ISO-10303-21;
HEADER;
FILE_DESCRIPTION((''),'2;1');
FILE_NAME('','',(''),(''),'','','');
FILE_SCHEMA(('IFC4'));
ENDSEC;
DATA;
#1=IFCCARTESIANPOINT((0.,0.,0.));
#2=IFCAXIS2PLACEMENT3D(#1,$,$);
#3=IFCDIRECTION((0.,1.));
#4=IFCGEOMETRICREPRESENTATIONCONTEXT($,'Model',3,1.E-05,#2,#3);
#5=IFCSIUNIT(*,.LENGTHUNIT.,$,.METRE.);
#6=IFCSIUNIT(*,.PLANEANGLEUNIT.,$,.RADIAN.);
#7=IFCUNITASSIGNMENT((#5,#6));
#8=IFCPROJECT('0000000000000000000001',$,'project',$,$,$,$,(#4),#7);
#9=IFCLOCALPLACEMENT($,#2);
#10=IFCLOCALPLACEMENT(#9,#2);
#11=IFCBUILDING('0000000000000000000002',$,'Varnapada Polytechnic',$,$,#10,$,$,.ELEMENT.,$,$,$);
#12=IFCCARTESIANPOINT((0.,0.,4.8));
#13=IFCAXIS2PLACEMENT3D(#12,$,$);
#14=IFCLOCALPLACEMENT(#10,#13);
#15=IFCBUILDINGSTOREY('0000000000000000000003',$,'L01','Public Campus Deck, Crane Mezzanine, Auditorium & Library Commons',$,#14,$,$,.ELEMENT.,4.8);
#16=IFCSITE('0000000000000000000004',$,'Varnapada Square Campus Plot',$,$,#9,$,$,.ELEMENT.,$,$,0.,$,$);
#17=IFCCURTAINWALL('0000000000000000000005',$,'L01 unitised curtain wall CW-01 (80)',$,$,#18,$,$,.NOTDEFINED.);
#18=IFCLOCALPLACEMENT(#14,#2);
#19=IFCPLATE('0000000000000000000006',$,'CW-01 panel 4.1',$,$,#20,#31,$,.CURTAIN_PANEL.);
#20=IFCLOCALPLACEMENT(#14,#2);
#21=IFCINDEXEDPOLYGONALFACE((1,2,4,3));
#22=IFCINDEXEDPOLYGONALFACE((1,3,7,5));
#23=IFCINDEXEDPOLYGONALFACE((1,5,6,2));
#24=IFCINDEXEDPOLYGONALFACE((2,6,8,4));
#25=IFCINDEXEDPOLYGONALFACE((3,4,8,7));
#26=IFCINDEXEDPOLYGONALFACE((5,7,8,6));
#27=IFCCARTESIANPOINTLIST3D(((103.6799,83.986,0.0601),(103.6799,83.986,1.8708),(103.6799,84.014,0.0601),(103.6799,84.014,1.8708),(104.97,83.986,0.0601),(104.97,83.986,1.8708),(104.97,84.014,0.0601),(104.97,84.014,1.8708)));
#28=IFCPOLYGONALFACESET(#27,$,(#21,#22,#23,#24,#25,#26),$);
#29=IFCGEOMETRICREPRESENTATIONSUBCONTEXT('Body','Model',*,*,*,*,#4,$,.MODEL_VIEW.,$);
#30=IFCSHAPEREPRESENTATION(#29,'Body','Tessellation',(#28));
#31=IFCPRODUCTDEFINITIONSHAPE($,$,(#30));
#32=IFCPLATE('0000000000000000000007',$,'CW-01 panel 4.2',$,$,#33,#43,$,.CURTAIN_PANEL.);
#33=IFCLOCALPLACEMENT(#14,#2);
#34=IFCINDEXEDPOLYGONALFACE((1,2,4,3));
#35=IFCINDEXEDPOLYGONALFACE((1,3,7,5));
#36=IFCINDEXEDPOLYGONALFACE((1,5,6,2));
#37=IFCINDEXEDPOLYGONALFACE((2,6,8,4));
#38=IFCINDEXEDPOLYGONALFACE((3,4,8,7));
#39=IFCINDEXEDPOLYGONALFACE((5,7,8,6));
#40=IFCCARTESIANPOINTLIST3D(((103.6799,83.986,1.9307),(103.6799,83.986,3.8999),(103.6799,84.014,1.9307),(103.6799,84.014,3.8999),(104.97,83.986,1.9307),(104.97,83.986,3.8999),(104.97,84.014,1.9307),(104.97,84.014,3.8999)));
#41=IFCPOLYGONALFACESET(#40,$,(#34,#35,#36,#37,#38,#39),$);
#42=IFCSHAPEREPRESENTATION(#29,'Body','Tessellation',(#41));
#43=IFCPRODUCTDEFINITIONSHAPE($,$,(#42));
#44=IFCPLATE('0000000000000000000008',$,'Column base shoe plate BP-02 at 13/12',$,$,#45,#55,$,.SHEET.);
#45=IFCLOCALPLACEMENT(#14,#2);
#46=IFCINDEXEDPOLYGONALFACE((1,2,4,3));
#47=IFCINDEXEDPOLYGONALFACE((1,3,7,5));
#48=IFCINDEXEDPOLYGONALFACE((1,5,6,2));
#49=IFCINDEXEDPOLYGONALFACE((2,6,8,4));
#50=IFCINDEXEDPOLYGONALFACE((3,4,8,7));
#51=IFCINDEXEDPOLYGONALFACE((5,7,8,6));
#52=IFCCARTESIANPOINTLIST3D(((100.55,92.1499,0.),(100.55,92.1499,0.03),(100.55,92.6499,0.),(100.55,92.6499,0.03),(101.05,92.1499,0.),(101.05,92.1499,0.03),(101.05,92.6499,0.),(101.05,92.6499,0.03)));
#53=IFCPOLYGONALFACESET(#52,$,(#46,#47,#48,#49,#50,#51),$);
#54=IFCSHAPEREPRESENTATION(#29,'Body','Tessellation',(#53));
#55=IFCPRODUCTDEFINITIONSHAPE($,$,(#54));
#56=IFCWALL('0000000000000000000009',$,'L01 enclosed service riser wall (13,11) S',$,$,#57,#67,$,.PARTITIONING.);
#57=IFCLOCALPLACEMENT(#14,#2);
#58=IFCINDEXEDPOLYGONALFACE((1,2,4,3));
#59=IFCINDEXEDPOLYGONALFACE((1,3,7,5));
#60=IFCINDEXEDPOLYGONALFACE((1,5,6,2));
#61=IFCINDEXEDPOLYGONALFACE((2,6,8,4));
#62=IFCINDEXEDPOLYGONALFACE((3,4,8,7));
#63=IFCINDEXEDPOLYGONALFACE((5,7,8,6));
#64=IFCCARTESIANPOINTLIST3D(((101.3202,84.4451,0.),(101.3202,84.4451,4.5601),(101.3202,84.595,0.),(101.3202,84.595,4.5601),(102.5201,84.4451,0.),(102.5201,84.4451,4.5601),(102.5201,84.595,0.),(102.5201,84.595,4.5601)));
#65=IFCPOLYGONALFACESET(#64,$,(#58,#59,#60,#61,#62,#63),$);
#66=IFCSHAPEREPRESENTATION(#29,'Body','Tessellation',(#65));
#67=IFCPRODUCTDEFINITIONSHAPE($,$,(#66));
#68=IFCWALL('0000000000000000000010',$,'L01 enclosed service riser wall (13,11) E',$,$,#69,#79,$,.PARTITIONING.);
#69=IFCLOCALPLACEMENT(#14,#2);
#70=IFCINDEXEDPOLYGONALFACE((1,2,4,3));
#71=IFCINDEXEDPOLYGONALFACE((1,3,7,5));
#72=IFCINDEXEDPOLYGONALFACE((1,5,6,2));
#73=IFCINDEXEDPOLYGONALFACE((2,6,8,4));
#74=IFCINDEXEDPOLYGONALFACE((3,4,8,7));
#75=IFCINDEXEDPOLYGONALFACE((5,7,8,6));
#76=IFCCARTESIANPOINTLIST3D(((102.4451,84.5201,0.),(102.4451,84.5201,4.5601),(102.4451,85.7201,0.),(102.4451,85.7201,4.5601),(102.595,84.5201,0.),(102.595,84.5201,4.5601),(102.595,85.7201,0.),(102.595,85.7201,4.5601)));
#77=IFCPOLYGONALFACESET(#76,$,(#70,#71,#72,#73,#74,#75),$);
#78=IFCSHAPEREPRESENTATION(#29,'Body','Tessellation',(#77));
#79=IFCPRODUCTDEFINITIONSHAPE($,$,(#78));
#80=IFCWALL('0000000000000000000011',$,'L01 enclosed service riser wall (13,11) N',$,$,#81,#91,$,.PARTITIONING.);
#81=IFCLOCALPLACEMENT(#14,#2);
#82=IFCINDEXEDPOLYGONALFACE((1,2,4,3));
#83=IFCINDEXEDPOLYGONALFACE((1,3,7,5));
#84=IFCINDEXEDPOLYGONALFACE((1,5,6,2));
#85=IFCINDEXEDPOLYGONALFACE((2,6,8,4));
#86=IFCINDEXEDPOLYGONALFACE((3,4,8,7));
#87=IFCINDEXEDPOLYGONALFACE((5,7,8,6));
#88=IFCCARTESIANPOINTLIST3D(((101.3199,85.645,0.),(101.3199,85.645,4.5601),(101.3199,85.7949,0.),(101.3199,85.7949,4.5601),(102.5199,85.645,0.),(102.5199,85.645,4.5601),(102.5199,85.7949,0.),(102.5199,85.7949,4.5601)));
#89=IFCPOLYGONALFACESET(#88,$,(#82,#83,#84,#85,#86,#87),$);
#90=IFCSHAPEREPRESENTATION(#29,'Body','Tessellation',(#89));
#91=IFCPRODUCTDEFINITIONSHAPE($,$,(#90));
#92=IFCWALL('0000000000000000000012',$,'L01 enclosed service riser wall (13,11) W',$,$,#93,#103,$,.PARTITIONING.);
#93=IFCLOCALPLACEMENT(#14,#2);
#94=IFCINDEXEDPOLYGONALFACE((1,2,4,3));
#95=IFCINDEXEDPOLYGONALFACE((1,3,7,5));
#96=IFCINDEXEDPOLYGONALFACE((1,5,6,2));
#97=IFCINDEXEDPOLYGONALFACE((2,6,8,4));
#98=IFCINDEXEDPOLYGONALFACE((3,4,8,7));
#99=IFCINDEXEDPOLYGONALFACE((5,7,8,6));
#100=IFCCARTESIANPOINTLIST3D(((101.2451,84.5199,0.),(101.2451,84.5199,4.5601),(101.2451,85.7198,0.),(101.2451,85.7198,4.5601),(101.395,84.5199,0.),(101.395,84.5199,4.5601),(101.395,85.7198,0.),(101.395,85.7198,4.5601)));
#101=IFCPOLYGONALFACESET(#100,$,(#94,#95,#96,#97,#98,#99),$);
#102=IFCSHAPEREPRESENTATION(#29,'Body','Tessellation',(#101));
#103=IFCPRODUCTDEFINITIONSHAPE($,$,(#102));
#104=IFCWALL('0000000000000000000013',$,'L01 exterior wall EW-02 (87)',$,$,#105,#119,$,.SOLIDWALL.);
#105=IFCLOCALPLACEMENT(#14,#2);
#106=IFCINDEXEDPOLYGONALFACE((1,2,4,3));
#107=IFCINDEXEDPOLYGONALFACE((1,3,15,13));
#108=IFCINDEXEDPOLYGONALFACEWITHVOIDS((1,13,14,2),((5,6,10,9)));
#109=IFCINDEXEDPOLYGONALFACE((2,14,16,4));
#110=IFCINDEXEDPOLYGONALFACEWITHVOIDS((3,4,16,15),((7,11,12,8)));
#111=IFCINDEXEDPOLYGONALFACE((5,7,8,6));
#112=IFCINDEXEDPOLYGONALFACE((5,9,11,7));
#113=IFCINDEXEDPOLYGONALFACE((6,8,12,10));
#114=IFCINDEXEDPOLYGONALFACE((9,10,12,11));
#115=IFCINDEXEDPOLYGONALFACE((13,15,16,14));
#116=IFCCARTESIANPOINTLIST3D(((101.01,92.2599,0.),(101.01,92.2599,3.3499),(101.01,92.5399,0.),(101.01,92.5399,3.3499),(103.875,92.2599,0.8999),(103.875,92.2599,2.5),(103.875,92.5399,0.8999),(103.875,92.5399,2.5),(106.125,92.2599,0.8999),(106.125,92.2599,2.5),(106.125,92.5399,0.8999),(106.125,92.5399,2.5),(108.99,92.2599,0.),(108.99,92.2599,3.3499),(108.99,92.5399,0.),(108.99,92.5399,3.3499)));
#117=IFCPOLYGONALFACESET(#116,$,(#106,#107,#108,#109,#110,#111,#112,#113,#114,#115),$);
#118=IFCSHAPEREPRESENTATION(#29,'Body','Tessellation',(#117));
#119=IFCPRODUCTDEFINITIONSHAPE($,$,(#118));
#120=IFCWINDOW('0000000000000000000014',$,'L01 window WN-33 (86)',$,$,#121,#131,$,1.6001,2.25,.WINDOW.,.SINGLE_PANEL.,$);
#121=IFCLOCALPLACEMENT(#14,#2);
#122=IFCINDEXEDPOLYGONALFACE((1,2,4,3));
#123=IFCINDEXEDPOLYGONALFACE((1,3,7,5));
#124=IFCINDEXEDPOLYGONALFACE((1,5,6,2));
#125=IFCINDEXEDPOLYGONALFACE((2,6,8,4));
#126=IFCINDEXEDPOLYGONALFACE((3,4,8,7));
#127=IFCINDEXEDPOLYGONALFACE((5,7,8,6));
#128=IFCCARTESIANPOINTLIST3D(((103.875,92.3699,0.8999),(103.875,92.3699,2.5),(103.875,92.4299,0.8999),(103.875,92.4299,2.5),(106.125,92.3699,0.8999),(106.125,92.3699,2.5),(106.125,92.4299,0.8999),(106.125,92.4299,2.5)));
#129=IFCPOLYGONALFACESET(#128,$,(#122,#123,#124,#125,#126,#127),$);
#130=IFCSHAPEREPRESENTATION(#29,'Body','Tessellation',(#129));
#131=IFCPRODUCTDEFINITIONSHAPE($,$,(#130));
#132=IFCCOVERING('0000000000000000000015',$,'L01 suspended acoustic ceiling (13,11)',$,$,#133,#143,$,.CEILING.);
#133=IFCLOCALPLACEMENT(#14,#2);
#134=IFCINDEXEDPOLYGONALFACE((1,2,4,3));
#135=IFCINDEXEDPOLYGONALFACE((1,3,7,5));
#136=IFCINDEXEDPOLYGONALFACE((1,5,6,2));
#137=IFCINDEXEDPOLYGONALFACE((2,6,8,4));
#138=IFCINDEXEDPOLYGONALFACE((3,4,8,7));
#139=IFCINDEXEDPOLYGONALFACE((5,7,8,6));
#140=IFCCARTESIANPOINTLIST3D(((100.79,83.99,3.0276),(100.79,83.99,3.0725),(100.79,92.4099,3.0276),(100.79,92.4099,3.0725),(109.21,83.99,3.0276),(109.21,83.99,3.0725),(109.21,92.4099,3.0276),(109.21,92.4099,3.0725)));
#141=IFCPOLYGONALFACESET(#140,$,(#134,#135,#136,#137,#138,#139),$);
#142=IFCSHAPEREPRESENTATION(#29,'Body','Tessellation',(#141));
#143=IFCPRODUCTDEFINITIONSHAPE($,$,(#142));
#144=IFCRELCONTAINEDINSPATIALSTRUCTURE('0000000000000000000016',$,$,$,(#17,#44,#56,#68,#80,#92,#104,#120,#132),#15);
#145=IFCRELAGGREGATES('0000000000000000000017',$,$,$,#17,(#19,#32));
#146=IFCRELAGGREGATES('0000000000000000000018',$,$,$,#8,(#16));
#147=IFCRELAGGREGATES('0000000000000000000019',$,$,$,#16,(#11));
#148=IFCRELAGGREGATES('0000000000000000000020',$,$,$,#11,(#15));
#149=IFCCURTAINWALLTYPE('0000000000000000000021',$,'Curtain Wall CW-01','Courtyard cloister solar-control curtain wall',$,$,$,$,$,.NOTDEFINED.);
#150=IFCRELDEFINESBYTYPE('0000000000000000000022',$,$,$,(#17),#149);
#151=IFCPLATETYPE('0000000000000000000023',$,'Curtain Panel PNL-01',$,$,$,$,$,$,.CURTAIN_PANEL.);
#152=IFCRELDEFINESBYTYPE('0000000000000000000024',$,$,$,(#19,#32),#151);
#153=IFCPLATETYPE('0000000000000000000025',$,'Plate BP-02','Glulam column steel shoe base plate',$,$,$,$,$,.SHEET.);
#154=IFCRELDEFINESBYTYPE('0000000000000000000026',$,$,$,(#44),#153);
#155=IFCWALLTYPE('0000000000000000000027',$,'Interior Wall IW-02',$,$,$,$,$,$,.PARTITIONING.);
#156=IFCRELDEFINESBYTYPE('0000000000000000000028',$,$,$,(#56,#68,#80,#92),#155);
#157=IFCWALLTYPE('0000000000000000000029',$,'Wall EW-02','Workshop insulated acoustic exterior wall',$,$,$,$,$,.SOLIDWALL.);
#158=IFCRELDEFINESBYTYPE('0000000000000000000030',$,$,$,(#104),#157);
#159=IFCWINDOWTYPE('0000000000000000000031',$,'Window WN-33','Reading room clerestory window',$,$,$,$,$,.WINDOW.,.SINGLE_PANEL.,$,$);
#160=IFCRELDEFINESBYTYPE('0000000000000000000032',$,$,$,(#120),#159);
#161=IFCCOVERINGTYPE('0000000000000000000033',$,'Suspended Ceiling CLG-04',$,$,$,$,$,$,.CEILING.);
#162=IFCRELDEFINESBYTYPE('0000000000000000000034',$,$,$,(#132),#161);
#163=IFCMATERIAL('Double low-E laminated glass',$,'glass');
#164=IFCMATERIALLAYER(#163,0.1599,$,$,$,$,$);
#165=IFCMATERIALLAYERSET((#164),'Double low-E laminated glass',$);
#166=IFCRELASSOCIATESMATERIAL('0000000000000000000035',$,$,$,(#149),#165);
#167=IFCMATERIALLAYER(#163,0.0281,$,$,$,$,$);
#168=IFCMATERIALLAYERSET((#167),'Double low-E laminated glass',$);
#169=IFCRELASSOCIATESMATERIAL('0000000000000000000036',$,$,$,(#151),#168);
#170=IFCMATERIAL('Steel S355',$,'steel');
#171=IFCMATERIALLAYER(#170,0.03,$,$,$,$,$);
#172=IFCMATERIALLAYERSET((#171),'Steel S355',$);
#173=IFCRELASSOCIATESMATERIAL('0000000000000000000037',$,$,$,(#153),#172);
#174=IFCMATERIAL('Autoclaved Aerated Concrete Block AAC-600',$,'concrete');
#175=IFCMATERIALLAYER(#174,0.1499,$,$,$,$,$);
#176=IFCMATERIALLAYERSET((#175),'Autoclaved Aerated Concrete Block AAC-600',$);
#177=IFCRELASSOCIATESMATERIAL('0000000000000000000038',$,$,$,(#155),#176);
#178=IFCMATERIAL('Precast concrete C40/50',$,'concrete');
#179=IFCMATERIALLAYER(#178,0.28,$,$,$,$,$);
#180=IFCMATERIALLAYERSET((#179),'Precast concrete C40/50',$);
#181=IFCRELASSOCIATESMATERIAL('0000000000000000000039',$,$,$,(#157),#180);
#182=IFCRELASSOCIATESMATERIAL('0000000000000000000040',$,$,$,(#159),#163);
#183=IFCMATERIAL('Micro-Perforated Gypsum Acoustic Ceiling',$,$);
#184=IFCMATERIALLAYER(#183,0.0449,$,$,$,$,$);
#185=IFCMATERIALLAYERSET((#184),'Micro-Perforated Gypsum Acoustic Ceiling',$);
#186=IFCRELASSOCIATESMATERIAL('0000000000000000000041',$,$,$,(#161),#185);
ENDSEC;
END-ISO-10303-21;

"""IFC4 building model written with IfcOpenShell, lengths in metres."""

from ifc_helpers import new_model, si_unit, direction, frame, frame_2d, origin, origin_2d, place, context, subcontext, project, spatial, rectangle, extrude, material, layer, layer_set, type_object, element, fill, aggregate, save


model = new_model("IFC4")

# Units and contexts
model_context = context("Model", 3, precision=1e-05, world=origin(), true_north=direction((0.0, 1.0)))
body_context = subcontext(model_context, "Body", "Model", "MODEL_VIEW")
ifc_project = project(units=[si_unit("LENGTHUNIT", "METRE"), si_unit("PLANEANGLEUNIT", "RADIAN")], contexts=[model_context])

# Site, building, storey
site_placement = place(None, origin())
site = spatial("IfcSite", under=ifc_project, at=site_placement, Name="Varnapada Square Campus Plot", CompositionType="ELEMENT", RefElevation=0.0)
building_placement = place(site_placement, origin())
building = spatial("IfcBuilding", under=site, at=building_placement, Name="Varnapada Polytechnic", CompositionType="ELEMENT")
storey_placement = place(building_placement, frame((0.0, 0.0, 4.8)))
storey = spatial("IfcBuildingStorey", under=building, at=storey_placement, Name="L01", Description="Public Campus Deck, Crane Mezzanine, Auditorium & Library Commons", CompositionType="ELEMENT", Elevation=4.8)

# Shared definitions
ifc_material_1 = material(Name="Steel S355", Category="steel")

# Shared definitions
ifc_material_2 = material(Name="Double low-E laminated glass", Category="glass")

# Curtain wall
ifc_layer_1 = layer(ifc_material_2, 0.1599)
ifc_layer_set_1 = layer_set([ifc_layer_1], Name="Double low-E laminated glass")
curtain_wall_type_1 = type_object("IfcCurtainWallType", Name="Curtain Wall CW-01", Description="Courtyard cloister solar-control curtain wall", PredefinedType="NOTDEFINED", material=ifc_layer_set_1)
curtain_wall_1_placement = place(storey_placement, origin())
curtain_wall_1 = element("IfcCurtainWall", 1, at=curtain_wall_1_placement, inside=storey, type_object=curtain_wall_type_1, Name="L01 unitised curtain wall CW-01 (80)", PredefinedType="NOTDEFINED")

# Plates
ifc_layer_2 = layer(ifc_material_2, 0.0281)
ifc_layer_set_2 = layer_set([ifc_layer_2], Name="Double low-E laminated glass")
plate_type_1 = type_object("IfcPlateType", Name="Curtain Panel PNL-01", PredefinedType="CURTAIN_PANEL", material=ifc_layer_set_2)
plate_1_placement = place(storey_placement, frame((104.325, 84.0, 0.0601), z_axis=(0.0, 0.0, 1.0), x_axis=(-1.0, 0.0, 0.0)))
plate_1 = element("IfcPlate", 2, at=plate_1_placement, type_object=plate_type_1, Name="CW-01 panel 4.1", PredefinedType="CURTAIN_PANEL", context=body_context, shape_type="SweptSolid", body=[
    extrude(rectangle(XDim=1.29, YDim=0.0281, at=origin_2d()), origin(), (0.0, 0.0, 1.0), 1.8108),
])
plate_2_placement = place(storey_placement, frame((104.325, 84.0, 1.9307), z_axis=(0.0, 0.0, 1.0), x_axis=(-1.0, 0.0, 0.0)))
plate_2 = element("IfcPlate", 3, at=plate_2_placement, type_object=plate_type_1, Name="CW-01 panel 4.2", PredefinedType="CURTAIN_PANEL", context=body_context, shape_type="SweptSolid", body=[
    extrude(rectangle(XDim=1.29, YDim=0.0281, at=origin_2d()), origin(), (0.0, 0.0, 1.0), 1.9692),
])
aggregate(curtain_wall_1, [plate_1, plate_2])
ifc_layer_3 = layer(ifc_material_1, 0.03)
ifc_layer_set_3 = layer_set([ifc_layer_3], Name="Steel S355")
plate_type_2 = type_object("IfcPlateType", Name="Plate BP-02", Description="Glulam column steel shoe base plate", PredefinedType="SHEET", material=ifc_layer_set_3)
plate_3_placement = place(storey_placement, frame((100.8, 92.3999, 0.0), z_axis=(0.0, 0.0, 1.0), x_axis=(1.0, 0.0, 0.0)))
element("IfcPlate", 4, at=plate_3_placement, inside=storey, type_object=plate_type_2, Name="Column base shoe plate BP-02 at 13/12", PredefinedType="SHEET", context=body_context, shape_type="SweptSolid", body=[
    extrude(rectangle(XDim=0.5, YDim=0.5, at=origin_2d()), origin(), (0.0, 0.0, 1.0), 0.03),
])

# Walls
ifc_material_3 = material(Name="Autoclaved Aerated Concrete Block AAC-600", Category="concrete")
ifc_layer_4 = layer(ifc_material_3, 0.1499)
ifc_layer_set_4 = layer_set([ifc_layer_4], Name="Autoclaved Aerated Concrete Block AAC-600")
wall_type_1 = type_object("IfcWallType", Name="Interior Wall IW-02", PredefinedType="PARTITIONING", material=ifc_layer_set_4)
for number, where, z_axis, x_axis, name in (
    (5, (101.3201, 84.52, 0.0), (0.0, 0.0, 1.0), (1.0, 0.0, 0.0), "L01 enclosed service riser wall (13,11) S"),
    (6, (102.52, 84.52, 0.0), (0.0, 0.0, 1.0), (0.0, 1.0, 0.0), "L01 enclosed service riser wall (13,11) E"),
    (7, (102.52, 85.72, 0.0), (0.0, 0.0, 1.0), (-1.0, 0.0, 0.0), "L01 enclosed service riser wall (13,11) N"),
    (8, (101.3201, 85.72, 0.0), (0.0, 0.0, 1.0), (0.0, -1.0, 0.0), "L01 enclosed service riser wall (13,11) W"),
):
    element("IfcWall", number, at=place(storey_placement, frame(where, z_axis=z_axis, x_axis=x_axis)), inside=storey, type_object=wall_type_1, Name=name, PredefinedType="PARTITIONING", context=body_context, shape_type="SweptSolid", body=[
        extrude(rectangle(XDim=1.2, YDim=0.1499, at=frame_2d((0.6001, 0.0))), origin(), (0.0, 0.0, 1.0), 4.5601),
    ])

# Wall, opening, window
ifc_material_4 = material(Name="Precast concrete C40/50", Category="concrete")
ifc_layer_5 = layer(ifc_material_4, 0.28)
ifc_layer_set_5 = layer_set([ifc_layer_5], Name="Precast concrete C40/50")
wall_type_2 = type_object("IfcWallType", Name="Wall EW-02", Description="Workshop insulated acoustic exterior wall", PredefinedType="SOLIDWALL", material=ifc_layer_set_5)
wall_placement = place(storey_placement, frame((101.01, 92.3999, 0.0), z_axis=(0.0, 0.0, 1.0), x_axis=(1.0, 0.0, 0.0)))
wall = element("IfcWall", 9, at=wall_placement, inside=storey, type_object=wall_type_2, Name="L01 exterior wall EW-02 (87)", PredefinedType="SOLIDWALL", context=body_context, shape_type="SweptSolid", body=[
    extrude(rectangle(XDim=7.98, YDim=0.28, at=frame_2d((3.99, 0.0))), origin(), (0.0, 0.0, 1.0), 3.3499),
])
opening_placement = place(wall_placement, frame((2.865, 0.0, 0.8999)))
opening = element("IfcOpeningElement", 10, at=opening_placement, cuts=wall, PredefinedType="OPENING", context=body_context, shape_type="SweptSolid", body=[
    extrude(rectangle(XDim=2.25, YDim=1.6001, at=frame_2d((1.125, 0.8))), frame((0.0, 0.1499, 0.0), z_axis=(0.0, -1.0, 0.0), x_axis=(1.0, 0.0, 0.0)), (0.0, 0.0, 1.0), 0.3),
])
window_type = type_object("IfcWindowType", Name="Window WN-33", Description="Reading room clerestory window", PartitioningType="SINGLE_PANEL", PredefinedType="WINDOW", material=ifc_material_2)
window_placement = place(opening_placement, origin())
window = element("IfcWindow", 11, at=window_placement, inside=storey, type_object=window_type, Name="L01 window WN-33 (86)", OverallHeight=1.6001, OverallWidth=2.25, PartitioningType="SINGLE_PANEL", PredefinedType="WINDOW", context=body_context, shape_type="SweptSolid", body=[
    extrude(rectangle(XDim=2.25, YDim=1.6001, at=frame_2d((1.125, 0.8))), frame((0.0, 0.03, 0.0), z_axis=(0.0, -1.0, 0.0), x_axis=(1.0, 0.0, 0.0)), (0.0, 0.0, 1.0), 0.0601),
])
fill(opening, window)

# Covering
ifc_material_5 = material(Name="Micro-Perforated Gypsum Acoustic Ceiling")
ifc_layer_6 = layer(ifc_material_5, 0.0449)
ifc_layer_set_6 = layer_set([ifc_layer_6], Name="Micro-Perforated Gypsum Acoustic Ceiling")
covering_type = type_object("IfcCoveringType", Name="Suspended Ceiling CLG-04", PredefinedType="CEILING", material=ifc_layer_set_6)
covering_placement = place(storey_placement, frame((105.0, 88.2, 3.0276), z_axis=(0.0, 0.0, 1.0), x_axis=(1.0, 0.0, 0.0)))
element("IfcCovering", 12, at=covering_placement, inside=storey, type_object=covering_type, Name="L01 suspended acoustic ceiling (13,11)", PredefinedType="CEILING", context=body_context, shape_type="SweptSolid", body=[
    extrude(rectangle(XDim=8.4199, YDim=8.4199, at=origin_2d()), origin(), (0.0, 0.0, 1.0), 0.0449),
])

save(model, "model.ifc")
